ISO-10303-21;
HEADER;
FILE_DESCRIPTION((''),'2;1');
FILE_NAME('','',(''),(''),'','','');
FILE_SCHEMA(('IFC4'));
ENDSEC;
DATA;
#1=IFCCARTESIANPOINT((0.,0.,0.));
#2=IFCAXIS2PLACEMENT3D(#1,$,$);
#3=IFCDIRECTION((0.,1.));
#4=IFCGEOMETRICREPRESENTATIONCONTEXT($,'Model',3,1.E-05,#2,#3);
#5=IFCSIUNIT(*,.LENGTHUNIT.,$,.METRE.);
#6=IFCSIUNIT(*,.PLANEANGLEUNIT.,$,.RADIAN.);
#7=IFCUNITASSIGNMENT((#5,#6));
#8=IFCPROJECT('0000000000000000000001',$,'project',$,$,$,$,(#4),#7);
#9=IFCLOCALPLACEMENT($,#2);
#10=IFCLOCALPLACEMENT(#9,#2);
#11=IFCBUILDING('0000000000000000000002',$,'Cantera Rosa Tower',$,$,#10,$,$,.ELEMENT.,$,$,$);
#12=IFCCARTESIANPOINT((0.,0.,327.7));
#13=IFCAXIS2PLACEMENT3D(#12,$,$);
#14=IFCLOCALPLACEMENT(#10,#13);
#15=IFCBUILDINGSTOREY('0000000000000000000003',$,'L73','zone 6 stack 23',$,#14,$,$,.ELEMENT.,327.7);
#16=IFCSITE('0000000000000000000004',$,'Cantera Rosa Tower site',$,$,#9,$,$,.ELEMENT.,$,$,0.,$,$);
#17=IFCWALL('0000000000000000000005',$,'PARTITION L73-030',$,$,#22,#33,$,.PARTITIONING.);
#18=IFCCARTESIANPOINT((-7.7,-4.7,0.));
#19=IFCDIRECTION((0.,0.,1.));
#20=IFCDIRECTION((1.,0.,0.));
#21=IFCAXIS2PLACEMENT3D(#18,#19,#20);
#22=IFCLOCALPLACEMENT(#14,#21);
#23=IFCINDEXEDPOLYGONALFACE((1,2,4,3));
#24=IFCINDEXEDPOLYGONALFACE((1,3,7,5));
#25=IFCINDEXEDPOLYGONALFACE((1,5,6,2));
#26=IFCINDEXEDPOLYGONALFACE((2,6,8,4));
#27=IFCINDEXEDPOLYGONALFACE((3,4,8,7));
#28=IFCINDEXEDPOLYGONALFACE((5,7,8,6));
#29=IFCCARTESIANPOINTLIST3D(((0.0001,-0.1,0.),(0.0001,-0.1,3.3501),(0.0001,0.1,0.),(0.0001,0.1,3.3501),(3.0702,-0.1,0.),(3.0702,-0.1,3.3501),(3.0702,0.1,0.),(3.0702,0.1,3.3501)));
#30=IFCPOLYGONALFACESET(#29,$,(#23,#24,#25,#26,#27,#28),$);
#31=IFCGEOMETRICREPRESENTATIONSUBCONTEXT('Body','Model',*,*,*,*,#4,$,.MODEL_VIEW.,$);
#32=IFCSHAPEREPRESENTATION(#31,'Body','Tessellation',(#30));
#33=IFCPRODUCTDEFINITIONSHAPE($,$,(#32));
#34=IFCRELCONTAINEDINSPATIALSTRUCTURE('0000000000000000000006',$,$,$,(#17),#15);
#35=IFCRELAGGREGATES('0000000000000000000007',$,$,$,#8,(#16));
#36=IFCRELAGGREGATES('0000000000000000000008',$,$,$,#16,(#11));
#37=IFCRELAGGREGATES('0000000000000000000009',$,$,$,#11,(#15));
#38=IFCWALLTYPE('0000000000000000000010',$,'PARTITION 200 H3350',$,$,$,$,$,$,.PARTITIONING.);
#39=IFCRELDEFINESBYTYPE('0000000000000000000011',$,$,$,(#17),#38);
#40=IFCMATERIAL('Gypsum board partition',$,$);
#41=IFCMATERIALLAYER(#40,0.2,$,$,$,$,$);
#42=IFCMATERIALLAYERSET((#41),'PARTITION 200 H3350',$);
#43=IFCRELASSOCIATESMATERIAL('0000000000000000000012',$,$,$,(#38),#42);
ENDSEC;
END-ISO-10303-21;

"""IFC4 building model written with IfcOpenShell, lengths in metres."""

from ifc_helpers import new_model, si_unit, direction, frame, frame_2d, origin, place, context, subcontext, project, spatial, rectangle, extrude, material, layer, layer_set, type_object, element, save


model = new_model("IFC4")

# Units and contexts
model_context = context("Model", 3, precision=1e-05, world=origin(), true_north=direction((0.0, 1.0)))
body_context = subcontext(model_context, "Body", "Model", "MODEL_VIEW")
ifc_project = project(units=[si_unit("LENGTHUNIT", "METRE"), si_unit("PLANEANGLEUNIT", "RADIAN")], contexts=[model_context])

# Site, building, storey
site_placement = place(None, origin())
site = spatial("IfcSite", under=ifc_project, at=site_placement, Name="Cantera Rosa Tower site", CompositionType="ELEMENT", RefElevation=0.0)
building_placement = place(site_placement, origin())
building = spatial("IfcBuilding", under=site, at=building_placement, Name="Cantera Rosa Tower", CompositionType="ELEMENT")
storey_placement = place(building_placement, frame((0.0, 0.0, 327.7)))
storey = spatial("IfcBuildingStorey", under=building, at=storey_placement, Name="L73", Description="zone 6 stack 23", CompositionType="ELEMENT", Elevation=327.7)

# Wall
ifc_material_1 = material(Name="Gypsum board partition")
ifc_layer_1 = layer(ifc_material_1, 0.2)
ifc_layer_set_1 = layer_set([ifc_layer_1], Name="PARTITION 200 H3350")
wall_type_1 = type_object("IfcWallType", Name="PARTITION 200 H3350", PredefinedType="PARTITIONING", material=ifc_layer_set_1)
wall_1_placement = place(storey_placement, frame((-7.7, -4.7, 0.0), z_axis=(0.0, 0.0, 1.0), x_axis=(1.0, 0.0, 0.0)))
element("IfcWall", 1, at=wall_1_placement, inside=storey, type_object=wall_type_1, Name="PARTITION L73-030", PredefinedType="PARTITIONING", context=body_context, shape_type="SweptSolid", body=[
    extrude(rectangle(XDim=3.0701, YDim=0.2, at=frame_2d((1.5352, 0.0))), origin(), (0.0, 0.0, 1.0), 3.3501),
])

save(model, "model.ifc")
